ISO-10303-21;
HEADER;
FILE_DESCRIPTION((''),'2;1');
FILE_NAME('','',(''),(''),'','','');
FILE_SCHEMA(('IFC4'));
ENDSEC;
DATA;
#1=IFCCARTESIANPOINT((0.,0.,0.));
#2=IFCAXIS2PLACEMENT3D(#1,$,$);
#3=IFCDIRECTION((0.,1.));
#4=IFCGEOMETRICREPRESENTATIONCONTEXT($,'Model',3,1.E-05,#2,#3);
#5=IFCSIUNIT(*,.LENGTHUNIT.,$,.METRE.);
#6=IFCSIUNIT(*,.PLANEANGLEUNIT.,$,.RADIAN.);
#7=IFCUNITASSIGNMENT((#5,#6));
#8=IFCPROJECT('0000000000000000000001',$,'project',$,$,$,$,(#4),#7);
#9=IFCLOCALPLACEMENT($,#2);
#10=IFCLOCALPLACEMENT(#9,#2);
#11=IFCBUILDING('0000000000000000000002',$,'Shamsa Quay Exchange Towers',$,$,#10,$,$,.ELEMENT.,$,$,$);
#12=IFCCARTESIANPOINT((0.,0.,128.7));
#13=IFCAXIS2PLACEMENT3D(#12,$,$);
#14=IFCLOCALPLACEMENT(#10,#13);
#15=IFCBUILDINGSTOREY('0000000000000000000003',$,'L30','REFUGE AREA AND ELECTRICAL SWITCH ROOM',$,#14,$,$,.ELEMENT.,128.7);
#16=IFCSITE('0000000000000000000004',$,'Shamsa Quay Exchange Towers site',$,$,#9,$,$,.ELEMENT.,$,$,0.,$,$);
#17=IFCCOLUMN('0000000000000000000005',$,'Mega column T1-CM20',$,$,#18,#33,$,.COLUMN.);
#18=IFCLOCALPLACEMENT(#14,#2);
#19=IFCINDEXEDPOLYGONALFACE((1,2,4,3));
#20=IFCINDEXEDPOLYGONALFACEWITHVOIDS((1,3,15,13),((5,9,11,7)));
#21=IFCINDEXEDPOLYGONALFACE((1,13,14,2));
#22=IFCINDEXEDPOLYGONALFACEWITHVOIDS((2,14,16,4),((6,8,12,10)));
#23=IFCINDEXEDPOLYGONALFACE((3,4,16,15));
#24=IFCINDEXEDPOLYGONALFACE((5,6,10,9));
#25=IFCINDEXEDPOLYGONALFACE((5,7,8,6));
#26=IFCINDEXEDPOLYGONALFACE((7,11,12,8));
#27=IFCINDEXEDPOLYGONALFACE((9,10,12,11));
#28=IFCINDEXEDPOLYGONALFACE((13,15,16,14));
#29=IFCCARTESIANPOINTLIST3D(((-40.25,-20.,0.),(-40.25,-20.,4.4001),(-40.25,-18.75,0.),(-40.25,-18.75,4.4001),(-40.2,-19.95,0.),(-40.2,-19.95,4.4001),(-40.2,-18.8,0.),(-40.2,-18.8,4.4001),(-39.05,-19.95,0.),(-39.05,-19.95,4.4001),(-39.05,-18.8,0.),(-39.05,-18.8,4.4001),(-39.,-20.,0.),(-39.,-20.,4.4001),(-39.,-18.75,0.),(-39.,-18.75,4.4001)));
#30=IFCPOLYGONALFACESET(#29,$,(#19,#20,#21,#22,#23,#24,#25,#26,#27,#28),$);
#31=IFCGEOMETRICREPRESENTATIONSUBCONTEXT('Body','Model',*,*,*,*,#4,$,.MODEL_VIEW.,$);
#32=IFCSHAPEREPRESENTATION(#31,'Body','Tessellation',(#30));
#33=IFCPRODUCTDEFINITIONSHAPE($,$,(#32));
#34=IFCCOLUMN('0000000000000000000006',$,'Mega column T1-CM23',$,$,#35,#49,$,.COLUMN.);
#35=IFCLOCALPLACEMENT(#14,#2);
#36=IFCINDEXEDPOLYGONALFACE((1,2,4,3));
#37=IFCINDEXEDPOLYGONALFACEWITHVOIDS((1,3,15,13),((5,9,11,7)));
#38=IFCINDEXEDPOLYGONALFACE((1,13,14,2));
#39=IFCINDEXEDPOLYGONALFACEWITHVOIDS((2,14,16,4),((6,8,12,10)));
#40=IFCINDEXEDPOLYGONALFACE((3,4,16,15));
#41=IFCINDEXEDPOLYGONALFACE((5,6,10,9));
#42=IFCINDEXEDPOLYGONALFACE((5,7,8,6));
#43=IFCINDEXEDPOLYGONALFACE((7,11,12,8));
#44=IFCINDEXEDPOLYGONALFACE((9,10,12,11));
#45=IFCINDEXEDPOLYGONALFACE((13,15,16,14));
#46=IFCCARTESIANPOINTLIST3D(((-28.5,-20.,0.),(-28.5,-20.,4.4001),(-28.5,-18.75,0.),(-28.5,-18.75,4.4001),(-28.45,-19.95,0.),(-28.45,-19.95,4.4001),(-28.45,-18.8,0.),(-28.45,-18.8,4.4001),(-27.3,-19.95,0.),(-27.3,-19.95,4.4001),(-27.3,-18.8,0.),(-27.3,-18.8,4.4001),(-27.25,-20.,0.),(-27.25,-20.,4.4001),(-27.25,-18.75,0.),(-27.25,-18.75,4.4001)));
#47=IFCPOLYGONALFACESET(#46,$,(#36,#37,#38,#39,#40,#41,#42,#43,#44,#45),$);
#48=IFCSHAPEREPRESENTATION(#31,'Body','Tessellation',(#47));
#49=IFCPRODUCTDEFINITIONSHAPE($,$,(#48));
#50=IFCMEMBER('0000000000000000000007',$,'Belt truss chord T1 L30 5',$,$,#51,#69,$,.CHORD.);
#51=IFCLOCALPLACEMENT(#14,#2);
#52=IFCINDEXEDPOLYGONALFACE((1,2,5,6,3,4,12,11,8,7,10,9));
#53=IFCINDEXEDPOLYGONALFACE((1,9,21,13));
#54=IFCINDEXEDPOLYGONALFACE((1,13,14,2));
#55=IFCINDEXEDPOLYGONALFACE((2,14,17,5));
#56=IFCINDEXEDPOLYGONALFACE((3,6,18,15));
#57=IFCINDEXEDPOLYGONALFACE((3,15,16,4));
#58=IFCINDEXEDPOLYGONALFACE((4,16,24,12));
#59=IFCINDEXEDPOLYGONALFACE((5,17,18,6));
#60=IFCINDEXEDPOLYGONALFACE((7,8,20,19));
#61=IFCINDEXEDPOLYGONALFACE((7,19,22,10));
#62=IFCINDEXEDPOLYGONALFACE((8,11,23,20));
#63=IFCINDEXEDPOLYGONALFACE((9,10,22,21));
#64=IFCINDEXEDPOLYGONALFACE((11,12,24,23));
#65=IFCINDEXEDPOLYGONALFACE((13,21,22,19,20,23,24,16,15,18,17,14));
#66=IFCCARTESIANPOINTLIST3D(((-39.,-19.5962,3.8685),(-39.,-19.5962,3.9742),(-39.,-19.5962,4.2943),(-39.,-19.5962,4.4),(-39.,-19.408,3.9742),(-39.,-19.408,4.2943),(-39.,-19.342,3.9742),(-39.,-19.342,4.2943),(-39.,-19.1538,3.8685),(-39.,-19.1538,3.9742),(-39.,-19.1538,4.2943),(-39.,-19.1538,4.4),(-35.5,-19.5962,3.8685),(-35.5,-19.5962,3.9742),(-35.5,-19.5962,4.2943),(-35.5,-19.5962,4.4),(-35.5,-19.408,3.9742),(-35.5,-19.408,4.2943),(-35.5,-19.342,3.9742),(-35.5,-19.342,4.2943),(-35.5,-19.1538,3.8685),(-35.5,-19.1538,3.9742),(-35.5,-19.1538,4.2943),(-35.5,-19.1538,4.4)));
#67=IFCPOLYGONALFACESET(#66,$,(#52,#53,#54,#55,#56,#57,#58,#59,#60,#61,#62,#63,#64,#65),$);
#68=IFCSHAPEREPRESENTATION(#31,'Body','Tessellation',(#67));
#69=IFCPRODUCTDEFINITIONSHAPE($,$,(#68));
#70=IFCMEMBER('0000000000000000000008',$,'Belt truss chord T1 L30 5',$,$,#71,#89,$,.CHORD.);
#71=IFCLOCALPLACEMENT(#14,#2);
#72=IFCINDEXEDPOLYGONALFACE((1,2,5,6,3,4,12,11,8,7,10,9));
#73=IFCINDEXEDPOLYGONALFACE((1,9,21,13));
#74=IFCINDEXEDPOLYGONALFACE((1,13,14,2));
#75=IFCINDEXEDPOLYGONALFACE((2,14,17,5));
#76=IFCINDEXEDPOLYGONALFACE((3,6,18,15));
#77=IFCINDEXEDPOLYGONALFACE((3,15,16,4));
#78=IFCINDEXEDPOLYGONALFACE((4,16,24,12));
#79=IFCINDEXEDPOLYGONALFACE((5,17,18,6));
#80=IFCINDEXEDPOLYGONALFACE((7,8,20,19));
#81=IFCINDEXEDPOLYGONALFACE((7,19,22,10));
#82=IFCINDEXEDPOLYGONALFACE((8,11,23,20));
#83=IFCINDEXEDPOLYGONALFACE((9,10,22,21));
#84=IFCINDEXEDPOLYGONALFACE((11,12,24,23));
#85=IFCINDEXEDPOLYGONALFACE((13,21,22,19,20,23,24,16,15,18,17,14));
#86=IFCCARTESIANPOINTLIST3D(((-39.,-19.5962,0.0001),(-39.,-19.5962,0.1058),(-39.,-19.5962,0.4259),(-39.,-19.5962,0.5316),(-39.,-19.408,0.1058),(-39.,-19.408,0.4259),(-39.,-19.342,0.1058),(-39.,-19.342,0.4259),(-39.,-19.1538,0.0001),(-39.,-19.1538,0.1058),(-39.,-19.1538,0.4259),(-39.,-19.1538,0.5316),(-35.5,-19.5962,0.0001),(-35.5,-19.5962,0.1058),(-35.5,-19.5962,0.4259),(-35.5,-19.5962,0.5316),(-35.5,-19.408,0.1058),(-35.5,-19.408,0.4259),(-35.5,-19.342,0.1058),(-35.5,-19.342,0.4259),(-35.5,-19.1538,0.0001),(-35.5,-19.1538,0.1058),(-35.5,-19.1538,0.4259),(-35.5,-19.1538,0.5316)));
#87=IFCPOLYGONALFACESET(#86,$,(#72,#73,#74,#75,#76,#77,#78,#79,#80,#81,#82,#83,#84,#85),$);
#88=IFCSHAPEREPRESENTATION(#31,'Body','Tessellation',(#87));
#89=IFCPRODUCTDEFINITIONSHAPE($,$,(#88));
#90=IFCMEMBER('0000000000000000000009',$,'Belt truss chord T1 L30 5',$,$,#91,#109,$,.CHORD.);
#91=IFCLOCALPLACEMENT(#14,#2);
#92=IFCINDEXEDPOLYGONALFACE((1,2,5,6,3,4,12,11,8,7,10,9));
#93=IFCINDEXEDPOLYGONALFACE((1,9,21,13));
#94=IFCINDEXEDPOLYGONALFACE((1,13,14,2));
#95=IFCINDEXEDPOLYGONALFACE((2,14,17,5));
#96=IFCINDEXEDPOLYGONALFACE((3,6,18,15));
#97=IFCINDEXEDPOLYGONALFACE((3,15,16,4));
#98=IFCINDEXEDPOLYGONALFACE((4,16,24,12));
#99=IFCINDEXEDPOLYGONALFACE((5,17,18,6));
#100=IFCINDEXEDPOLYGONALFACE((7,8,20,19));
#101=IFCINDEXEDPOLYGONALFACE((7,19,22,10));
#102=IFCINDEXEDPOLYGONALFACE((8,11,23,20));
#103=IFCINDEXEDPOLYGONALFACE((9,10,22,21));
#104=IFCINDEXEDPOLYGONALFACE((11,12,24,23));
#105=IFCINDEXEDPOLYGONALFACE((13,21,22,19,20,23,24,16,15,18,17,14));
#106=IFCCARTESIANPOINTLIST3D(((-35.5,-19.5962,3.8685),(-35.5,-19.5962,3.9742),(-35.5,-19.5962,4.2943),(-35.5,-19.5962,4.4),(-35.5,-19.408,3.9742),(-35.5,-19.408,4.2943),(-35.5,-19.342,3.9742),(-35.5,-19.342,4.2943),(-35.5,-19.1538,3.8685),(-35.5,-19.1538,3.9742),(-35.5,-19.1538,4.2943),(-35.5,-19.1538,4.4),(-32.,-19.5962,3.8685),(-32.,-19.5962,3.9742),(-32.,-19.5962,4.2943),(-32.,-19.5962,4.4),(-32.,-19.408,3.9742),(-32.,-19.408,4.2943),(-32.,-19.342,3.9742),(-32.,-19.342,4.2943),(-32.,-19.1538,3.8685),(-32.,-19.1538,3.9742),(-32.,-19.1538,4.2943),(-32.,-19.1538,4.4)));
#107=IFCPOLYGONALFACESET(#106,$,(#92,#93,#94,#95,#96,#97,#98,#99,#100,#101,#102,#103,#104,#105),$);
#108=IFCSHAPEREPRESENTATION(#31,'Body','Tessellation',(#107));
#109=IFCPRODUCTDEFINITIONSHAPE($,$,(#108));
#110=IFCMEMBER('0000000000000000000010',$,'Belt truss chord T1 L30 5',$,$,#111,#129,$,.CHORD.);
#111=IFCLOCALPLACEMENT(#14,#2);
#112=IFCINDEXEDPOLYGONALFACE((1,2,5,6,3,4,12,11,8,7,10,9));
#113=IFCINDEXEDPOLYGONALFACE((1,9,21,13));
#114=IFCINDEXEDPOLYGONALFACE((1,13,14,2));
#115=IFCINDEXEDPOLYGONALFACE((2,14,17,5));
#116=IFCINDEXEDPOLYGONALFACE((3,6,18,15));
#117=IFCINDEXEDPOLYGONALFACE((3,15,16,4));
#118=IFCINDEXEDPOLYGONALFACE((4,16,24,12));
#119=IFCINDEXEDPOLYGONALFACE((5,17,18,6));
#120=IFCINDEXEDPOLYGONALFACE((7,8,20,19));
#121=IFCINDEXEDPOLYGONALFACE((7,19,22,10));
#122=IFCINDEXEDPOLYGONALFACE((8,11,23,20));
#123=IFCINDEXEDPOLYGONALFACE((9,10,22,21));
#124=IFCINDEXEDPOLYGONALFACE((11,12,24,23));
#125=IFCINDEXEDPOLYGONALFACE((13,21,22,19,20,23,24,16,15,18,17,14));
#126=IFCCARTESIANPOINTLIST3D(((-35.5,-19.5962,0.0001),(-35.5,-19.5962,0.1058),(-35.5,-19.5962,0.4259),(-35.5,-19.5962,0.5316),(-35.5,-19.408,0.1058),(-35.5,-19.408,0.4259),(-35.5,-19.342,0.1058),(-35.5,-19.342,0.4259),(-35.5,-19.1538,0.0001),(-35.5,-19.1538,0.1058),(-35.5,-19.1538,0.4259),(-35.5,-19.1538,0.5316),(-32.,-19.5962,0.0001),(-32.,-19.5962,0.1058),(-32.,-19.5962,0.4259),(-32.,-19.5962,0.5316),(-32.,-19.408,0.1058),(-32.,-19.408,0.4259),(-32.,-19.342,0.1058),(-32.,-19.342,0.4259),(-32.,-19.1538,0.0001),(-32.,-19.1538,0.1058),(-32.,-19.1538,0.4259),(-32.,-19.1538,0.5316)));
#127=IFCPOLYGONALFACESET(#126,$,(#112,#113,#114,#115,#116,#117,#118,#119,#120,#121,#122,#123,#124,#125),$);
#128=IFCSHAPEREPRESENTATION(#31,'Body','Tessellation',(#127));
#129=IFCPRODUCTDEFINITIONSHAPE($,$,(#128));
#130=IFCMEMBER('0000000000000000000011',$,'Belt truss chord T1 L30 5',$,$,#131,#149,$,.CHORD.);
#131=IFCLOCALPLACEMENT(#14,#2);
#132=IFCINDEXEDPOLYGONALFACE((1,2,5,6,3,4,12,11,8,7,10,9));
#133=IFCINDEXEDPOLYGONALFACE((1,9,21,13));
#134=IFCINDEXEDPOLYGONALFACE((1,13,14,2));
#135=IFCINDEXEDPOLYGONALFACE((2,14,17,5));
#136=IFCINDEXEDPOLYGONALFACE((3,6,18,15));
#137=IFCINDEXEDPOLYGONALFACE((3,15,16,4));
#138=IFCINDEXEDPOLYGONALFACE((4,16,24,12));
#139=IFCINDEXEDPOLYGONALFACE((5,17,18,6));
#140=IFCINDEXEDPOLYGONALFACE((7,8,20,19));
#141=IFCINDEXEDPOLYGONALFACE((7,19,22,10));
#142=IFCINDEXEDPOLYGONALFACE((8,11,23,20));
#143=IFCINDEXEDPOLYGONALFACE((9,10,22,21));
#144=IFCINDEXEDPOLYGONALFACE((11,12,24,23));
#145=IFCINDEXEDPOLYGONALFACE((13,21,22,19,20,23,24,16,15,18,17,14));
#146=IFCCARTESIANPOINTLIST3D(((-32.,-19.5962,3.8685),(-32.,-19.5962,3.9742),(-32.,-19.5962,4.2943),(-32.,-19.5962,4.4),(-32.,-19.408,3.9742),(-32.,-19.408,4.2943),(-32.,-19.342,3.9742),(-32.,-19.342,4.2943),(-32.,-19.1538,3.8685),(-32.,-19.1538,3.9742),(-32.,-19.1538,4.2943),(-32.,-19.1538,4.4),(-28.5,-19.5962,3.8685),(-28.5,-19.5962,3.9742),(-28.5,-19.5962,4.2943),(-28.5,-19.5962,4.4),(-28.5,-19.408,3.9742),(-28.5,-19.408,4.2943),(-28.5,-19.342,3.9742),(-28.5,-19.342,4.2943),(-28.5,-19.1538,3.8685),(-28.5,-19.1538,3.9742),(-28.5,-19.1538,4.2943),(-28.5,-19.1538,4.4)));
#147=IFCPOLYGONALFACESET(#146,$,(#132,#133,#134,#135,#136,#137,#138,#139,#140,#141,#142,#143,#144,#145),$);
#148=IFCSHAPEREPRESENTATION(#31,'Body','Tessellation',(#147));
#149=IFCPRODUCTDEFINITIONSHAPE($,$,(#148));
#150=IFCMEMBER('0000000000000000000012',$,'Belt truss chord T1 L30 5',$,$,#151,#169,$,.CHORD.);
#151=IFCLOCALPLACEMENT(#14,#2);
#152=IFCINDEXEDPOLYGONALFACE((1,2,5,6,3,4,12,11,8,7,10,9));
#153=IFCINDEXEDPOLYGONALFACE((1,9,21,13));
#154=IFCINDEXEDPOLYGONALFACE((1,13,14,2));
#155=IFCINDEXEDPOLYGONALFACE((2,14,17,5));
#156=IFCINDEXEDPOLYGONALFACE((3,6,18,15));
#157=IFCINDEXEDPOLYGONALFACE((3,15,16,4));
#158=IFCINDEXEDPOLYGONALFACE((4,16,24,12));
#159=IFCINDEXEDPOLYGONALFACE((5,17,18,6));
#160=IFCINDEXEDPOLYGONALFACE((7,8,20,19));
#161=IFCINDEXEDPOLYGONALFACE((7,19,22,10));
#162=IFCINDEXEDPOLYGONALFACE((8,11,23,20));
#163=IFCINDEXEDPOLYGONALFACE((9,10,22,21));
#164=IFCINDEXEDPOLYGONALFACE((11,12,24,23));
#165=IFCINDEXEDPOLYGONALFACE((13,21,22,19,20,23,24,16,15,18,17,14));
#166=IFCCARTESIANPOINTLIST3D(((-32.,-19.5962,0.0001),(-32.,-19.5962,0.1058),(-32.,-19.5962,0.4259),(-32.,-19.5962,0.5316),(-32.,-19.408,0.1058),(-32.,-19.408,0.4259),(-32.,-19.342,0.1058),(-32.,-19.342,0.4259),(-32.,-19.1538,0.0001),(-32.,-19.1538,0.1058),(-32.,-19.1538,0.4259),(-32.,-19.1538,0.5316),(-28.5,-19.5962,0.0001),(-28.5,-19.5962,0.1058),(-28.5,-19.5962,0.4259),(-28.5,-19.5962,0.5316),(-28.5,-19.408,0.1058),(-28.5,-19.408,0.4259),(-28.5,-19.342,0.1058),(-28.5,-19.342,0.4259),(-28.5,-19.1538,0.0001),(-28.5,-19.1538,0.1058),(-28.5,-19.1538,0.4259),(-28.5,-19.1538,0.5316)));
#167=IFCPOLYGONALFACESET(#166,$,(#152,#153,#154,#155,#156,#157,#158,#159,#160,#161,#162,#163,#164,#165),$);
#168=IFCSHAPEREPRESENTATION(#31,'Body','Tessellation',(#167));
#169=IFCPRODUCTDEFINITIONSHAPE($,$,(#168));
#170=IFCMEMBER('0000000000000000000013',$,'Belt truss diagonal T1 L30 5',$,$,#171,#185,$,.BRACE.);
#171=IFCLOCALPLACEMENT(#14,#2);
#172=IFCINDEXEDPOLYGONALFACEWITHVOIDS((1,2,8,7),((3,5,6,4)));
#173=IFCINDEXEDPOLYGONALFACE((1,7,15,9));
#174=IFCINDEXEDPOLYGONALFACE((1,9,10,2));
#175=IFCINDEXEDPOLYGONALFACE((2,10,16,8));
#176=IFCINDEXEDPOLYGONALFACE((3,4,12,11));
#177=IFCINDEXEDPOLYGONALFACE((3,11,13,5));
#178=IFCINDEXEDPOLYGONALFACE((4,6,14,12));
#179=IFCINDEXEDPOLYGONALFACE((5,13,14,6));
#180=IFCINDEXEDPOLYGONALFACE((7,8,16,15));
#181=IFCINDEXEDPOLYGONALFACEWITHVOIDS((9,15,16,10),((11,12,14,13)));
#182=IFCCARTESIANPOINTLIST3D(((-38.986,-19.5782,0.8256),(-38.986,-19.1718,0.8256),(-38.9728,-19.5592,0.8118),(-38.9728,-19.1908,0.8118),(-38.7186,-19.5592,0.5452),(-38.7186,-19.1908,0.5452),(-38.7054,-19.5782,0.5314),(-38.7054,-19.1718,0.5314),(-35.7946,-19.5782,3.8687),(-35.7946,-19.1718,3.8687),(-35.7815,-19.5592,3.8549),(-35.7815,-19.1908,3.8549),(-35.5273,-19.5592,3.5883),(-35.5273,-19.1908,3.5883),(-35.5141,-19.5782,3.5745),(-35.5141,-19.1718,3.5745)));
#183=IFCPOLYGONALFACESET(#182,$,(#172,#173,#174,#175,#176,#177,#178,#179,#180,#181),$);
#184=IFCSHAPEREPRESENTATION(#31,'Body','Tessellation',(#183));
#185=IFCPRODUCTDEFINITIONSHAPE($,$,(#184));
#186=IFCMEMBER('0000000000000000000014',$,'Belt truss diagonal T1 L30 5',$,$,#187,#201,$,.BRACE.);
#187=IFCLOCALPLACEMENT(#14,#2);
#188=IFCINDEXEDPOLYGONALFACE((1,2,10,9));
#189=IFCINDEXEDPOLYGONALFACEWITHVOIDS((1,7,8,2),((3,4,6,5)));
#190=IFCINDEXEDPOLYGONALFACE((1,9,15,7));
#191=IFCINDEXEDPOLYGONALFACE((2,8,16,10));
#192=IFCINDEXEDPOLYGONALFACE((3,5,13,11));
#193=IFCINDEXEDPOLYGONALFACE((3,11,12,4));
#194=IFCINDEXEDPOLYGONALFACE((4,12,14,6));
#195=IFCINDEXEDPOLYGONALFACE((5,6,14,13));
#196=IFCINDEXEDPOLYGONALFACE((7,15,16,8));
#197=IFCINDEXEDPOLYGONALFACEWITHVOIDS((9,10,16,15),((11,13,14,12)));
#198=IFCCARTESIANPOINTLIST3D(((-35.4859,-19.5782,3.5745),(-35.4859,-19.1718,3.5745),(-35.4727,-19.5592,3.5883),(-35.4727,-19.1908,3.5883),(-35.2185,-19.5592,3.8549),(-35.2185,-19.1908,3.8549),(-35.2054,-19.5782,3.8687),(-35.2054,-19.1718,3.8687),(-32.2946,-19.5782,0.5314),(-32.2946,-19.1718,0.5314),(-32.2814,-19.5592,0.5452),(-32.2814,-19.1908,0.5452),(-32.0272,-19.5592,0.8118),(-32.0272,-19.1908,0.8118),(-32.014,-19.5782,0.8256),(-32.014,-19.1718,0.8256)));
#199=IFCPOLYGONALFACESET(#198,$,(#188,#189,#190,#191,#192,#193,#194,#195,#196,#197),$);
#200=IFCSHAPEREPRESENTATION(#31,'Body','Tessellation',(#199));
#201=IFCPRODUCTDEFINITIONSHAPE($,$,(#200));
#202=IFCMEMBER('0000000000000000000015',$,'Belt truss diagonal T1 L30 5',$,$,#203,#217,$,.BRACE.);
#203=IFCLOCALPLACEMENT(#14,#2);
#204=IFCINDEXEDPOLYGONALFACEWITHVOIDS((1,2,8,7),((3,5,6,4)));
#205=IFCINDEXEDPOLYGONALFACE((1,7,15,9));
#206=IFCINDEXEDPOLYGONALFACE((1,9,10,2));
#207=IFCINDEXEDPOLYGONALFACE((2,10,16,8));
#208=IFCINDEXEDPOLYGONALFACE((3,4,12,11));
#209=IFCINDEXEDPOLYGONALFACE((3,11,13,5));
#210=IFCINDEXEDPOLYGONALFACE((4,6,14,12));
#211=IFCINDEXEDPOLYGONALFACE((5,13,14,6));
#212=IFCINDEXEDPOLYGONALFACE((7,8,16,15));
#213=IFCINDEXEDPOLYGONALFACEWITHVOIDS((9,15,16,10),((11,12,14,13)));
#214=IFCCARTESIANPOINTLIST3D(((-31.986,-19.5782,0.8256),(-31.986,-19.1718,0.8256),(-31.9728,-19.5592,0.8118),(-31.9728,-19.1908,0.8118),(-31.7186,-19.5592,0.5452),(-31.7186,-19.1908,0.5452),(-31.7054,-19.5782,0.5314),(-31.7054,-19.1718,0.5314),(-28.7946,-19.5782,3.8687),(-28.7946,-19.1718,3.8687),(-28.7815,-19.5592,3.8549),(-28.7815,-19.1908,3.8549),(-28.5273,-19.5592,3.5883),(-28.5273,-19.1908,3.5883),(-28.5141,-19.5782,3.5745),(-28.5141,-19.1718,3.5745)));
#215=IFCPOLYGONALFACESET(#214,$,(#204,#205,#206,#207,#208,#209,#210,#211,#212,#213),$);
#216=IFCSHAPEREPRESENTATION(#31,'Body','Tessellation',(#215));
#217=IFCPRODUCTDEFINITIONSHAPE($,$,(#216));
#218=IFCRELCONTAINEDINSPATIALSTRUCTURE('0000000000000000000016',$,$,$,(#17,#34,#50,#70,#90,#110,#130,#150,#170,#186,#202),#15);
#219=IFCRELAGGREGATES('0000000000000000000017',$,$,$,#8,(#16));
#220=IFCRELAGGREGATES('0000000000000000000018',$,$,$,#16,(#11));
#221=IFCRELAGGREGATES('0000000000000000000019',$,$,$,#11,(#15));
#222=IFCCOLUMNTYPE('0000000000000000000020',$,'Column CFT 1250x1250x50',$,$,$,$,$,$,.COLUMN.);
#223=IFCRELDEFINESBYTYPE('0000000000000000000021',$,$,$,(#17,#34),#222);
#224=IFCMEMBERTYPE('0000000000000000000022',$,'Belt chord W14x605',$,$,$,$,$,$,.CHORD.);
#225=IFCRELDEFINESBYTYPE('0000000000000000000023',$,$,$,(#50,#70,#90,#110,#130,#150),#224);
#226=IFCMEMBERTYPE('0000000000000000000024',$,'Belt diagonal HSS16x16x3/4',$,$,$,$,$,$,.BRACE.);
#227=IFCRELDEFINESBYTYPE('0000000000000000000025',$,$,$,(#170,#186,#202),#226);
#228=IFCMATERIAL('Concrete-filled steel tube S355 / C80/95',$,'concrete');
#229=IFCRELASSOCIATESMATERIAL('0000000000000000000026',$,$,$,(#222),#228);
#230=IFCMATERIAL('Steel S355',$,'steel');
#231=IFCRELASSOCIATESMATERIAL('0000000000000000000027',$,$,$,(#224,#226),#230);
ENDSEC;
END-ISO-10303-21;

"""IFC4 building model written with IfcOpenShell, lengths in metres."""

from ifc_helpers import new_model, si_unit, direction, frame, origin, origin_2d, place, context, subcontext, project, spatial, hollow_rectangle, i_section, extrude, material, material_profile, profile_set, type_object, element, save


model = new_model("IFC4")

# Units and contexts
model_context = context("Model", 3, precision=1e-05, world=origin(), true_north=direction((0.0, 1.0)))
body_context = subcontext(model_context, "Body", "Model", "MODEL_VIEW")
ifc_project = project(units=[si_unit("LENGTHUNIT", "METRE"), si_unit("PLANEANGLEUNIT", "RADIAN")], contexts=[model_context])

# Site, building, storey
site_placement = place(None, origin())
site = spatial("IfcSite", under=ifc_project, at=site_placement, Name="Shamsa Quay Exchange Towers site", CompositionType="ELEMENT", RefElevation=0.0)
building_placement = place(site_placement, origin())
building = spatial("IfcBuilding", under=site, at=building_placement, Name="Shamsa Quay Exchange Towers", CompositionType="ELEMENT")
storey_placement = place(building_placement, frame((0.0, 0.0, 128.7)))
storey = spatial("IfcBuildingStorey", under=building, at=storey_placement, Name="L30", Description="REFUGE AREA AND ELECTRICAL SWITCH ROOM", CompositionType="ELEMENT", Elevation=128.7)

# Columns
ifc_material_1 = material(Name="Concrete-filled steel tube S355 / C80/95", Category="concrete")
ifc_material_profile_1 = material_profile(ifc_material_1, hollow_rectangle(XDim=1.25, YDim=1.25, WallThickness=0.05, at=origin_2d()), Name="CFT 1250x1250x50")
ifc_profile_set_1 = profile_set([ifc_material_profile_1], Name="Concrete-filled steel tube S355 / C80/95")
column_type = type_object("IfcColumnType", Name="Column CFT 1250x1250x50", PredefinedType="COLUMN", material=ifc_profile_set_1)
for number, where, name in (
    (1, (-39.625, -19.375, 0.0), "Mega column T1-CM20"),
    (2, (-27.875, -19.375, 0.0), "Mega column T1-CM23"),
):
    element("IfcColumn", number, at=place(storey_placement, frame(where)), inside=storey, type_object=column_type, Name=name, PredefinedType="COLUMN", context=body_context, shape_type="SweptSolid", body=[
        extrude(hollow_rectangle(XDim=1.25, YDim=1.25, WallThickness=0.05, at=origin_2d()), origin(), (0.0, 0.0, 1.0), 4.4001),
    ])

# Members
ifc_material_2 = material(Name="Steel S355", Category="steel")
ifc_material_profile_2 = material_profile(ifc_material_2, i_section(OverallWidth=0.4424, OverallDepth=0.5315, WebThickness=0.0659, FlangeThickness=0.1057, at=origin_2d()), Name="W14x605")
ifc_profile_set_2 = profile_set([ifc_material_profile_2], Name="Steel S355")
member_type_1 = type_object("IfcMemberType", Name="Belt chord W14x605", PredefinedType="CHORD", material=ifc_profile_set_2)
for number, where, z_axis, x_axis, name in (
    (3, (-39.0, -19.375, 4.1343), (1.0, 0.0, 0.0), (0.0, 1.0, 0.0), "Belt truss chord T1 L30 5"),
    (4, (-39.0, -19.375, 0.2659), (1.0, 0.0, 0.0), (0.0, 1.0, 0.0), "Belt truss chord T1 L30 5"),
    (5, (-35.5, -19.375, 4.1343), (1.0, 0.0, 0.0), (0.0, 1.0, 0.0), "Belt truss chord T1 L30 5"),
    (6, (-35.5, -19.375, 0.2659), (1.0, 0.0, 0.0), (0.0, 1.0, 0.0), "Belt truss chord T1 L30 5"),
    (7, (-32.0, -19.375, 4.1343), (1.0, 0.0, 0.0), (0.0, 1.0, 0.0), "Belt truss chord T1 L30 5"),
    (8, (-32.0, -19.375, 0.2659), (1.0, 0.0, 0.0), (0.0, 1.0, 0.0), "Belt truss chord T1 L30 5"),
):
    element("IfcMember", number, at=place(storey_placement, frame(where, z_axis=z_axis, x_axis=x_axis)), inside=storey, type_object=member_type_1, Name=name, PredefinedType="CHORD", context=body_context, shape_type="SweptSolid", body=[
        extrude(i_section(OverallWidth=0.4424, OverallDepth=0.5315, WebThickness=0.0659, FlangeThickness=0.1057, at=origin_2d()), origin(), (0.0, 0.0, 1.0), 3.5),
    ])
ifc_material_profile_3 = material_profile(ifc_material_2, hollow_rectangle(XDim=0.4065, YDim=0.4065, WallThickness=0.019, at=origin_2d()), Name="HSS16x16x3/4")
ifc_profile_set_3 = profile_set([ifc_material_profile_3], Name="Steel S355")
member_type_2 = type_object("IfcMemberType", Name="Belt diagonal HSS16x16x3/4", PredefinedType="BRACE", material=ifc_profile_set_3)
for number, where, z_axis, x_axis, name in (
    (9, (-38.8457, -19.375, 0.6785), (0.72371, 0.0, 0.690104), (0.0, 1.0, 0.0), "Belt truss diagonal T1 L30 5"),
    (10, (-32.1543, -19.375, 0.6785), (-0.72371, 0.0, 0.690104), (0.0, -1.0, 0.0), "Belt truss diagonal T1 L30 5"),
    (11, (-31.8457, -19.375, 0.6785), (0.72371, 0.0, 0.690104), (0.0, 1.0, 0.0), "Belt truss diagonal T1 L30 5"),
):
    element("IfcMember", number, at=place(storey_placement, frame(where, z_axis=z_axis, x_axis=x_axis)), inside=storey, type_object=member_type_2, Name=name, PredefinedType="BRACE", context=body_context, shape_type="SweptSolid", body=[
        extrude(hollow_rectangle(XDim=0.4065, YDim=0.4065, WallThickness=0.019, at=origin_2d()), origin(), (0.0, 0.0, 1.0), 4.4097),
    ])

save(model, "model.ifc")
